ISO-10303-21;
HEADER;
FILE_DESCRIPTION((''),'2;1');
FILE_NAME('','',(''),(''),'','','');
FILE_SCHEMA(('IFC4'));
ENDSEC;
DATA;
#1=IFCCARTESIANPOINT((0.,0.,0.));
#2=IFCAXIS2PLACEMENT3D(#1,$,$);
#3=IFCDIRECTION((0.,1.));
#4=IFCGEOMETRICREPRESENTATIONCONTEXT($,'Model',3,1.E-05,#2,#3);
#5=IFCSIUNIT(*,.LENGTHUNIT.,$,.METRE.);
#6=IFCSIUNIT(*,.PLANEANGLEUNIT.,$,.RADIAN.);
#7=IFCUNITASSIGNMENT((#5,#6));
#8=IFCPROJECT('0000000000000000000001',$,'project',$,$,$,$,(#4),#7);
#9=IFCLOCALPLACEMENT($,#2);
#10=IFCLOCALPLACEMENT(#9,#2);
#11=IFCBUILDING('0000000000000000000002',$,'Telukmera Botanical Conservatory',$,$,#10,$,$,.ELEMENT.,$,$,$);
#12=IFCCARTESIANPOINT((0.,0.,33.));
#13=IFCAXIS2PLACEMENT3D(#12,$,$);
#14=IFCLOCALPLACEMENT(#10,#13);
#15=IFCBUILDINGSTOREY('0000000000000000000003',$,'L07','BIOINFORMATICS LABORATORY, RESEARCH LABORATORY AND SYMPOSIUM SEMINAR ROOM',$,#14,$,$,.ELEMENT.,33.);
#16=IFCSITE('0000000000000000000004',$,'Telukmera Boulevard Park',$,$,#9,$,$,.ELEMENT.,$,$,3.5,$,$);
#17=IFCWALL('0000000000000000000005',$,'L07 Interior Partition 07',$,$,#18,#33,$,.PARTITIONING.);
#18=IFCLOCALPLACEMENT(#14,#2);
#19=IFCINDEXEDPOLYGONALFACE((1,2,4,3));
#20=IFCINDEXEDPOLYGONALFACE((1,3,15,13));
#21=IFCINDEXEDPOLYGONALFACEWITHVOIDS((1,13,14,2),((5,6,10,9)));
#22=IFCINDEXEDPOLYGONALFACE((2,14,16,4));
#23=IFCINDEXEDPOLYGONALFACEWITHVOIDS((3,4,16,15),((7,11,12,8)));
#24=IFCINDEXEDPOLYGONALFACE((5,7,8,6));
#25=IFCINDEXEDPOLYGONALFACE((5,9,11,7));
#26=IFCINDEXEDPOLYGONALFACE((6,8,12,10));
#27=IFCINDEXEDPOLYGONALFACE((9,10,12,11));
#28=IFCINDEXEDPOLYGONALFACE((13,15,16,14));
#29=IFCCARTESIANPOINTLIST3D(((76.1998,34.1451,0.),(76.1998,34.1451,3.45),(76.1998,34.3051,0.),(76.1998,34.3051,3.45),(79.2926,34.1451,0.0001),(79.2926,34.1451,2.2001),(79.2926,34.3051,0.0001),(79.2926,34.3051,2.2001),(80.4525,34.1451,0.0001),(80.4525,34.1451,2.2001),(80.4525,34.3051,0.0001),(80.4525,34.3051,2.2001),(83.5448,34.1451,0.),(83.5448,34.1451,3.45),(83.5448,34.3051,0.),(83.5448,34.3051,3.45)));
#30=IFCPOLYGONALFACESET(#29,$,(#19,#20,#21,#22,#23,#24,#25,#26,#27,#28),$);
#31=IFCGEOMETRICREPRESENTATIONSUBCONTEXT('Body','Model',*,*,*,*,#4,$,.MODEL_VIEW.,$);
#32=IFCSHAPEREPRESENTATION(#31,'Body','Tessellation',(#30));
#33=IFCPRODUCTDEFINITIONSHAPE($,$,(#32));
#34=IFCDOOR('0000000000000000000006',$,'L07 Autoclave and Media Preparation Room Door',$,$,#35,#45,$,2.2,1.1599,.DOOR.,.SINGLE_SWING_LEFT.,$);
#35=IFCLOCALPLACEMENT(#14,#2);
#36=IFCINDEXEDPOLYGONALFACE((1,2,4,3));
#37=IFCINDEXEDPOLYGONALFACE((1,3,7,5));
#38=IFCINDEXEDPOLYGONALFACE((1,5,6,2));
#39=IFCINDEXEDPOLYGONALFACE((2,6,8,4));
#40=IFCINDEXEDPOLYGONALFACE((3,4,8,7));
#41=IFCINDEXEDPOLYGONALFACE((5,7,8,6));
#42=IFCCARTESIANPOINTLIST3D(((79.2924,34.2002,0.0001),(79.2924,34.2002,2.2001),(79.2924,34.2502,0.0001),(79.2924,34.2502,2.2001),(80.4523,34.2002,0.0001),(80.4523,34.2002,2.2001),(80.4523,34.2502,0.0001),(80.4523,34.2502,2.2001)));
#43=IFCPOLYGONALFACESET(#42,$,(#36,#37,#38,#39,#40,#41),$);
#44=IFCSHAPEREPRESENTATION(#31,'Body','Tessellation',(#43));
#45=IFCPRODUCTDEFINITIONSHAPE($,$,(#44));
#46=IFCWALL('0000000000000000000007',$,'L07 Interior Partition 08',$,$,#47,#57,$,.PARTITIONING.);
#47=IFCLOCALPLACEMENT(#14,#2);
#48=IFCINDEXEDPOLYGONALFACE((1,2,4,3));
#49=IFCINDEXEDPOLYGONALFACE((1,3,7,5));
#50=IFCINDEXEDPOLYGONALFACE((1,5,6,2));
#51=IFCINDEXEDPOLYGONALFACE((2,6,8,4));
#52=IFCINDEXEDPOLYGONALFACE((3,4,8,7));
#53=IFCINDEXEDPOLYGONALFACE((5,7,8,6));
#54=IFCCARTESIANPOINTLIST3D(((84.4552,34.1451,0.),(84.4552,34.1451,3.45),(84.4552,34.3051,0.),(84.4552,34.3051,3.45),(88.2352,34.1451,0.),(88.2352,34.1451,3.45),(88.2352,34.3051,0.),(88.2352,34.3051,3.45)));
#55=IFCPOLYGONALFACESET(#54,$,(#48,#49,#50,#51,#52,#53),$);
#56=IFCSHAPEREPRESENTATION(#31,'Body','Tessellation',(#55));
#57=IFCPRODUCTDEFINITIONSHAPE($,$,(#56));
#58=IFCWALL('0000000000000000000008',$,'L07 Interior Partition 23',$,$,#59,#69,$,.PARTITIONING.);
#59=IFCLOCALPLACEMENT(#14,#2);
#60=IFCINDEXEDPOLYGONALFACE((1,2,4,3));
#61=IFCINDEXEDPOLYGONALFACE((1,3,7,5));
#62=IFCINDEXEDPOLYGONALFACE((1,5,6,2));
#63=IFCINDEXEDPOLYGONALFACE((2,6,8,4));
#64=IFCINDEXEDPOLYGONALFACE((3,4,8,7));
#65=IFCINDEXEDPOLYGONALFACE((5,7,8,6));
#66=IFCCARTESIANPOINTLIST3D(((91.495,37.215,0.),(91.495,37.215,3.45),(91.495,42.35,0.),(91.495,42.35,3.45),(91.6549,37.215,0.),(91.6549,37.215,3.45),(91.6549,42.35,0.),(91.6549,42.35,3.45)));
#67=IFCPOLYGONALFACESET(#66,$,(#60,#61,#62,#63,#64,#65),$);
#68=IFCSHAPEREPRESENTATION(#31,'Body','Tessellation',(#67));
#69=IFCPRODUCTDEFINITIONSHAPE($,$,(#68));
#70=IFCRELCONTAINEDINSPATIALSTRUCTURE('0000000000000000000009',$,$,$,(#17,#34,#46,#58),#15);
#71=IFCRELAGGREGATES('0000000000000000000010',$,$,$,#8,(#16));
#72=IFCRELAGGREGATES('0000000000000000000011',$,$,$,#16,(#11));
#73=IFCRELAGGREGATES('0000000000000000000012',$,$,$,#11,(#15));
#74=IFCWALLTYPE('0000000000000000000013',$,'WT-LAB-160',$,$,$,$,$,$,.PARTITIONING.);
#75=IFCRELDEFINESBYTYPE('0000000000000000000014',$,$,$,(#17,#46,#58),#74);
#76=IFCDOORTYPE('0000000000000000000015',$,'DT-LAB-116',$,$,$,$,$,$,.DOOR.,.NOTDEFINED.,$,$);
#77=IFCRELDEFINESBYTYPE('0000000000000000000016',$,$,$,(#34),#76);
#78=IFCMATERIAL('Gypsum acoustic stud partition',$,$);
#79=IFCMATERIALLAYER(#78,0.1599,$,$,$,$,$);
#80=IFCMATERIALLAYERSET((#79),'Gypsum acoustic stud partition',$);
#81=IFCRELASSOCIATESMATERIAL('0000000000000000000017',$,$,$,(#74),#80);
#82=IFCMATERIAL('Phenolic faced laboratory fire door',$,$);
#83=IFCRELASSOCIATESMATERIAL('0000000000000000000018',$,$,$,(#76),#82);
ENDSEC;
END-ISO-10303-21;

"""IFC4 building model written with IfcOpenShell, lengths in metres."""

from ifc_helpers import new_model, si_unit, direction, frame, frame_2d, origin, place, context, subcontext, project, spatial, rectangle, extrude, material, layer, layer_set, type_object, element, fill, save


model = new_model("IFC4")

# Units and contexts
model_context = context("Model", 3, precision=1e-05, world=origin(), true_north=direction((0.0, 1.0)))
body_context = subcontext(model_context, "Body", "Model", "MODEL_VIEW")
ifc_project = project(units=[si_unit("LENGTHUNIT", "METRE"), si_unit("PLANEANGLEUNIT", "RADIAN")], contexts=[model_context])

# Site, building, storey
site_placement = place(None, origin())
site = spatial("IfcSite", under=ifc_project, at=site_placement, Name="Telukmera Boulevard Park", CompositionType="ELEMENT", RefElevation=3.5)
building_placement = place(site_placement, origin())
building = spatial("IfcBuilding", under=site, at=building_placement, Name="Telukmera Botanical Conservatory", CompositionType="ELEMENT")
storey_placement = place(building_placement, frame((0.0, 0.0, 33.0)))
storey = spatial("IfcBuildingStorey", under=building, at=storey_placement, Name="L07", Description="BIOINFORMATICS LABORATORY, RESEARCH LABORATORY AND SYMPOSIUM SEMINAR ROOM", CompositionType="ELEMENT", Elevation=33.0)

# Shared definitions
ifc_material_1 = material(Name="Gypsum acoustic stud partition")
ifc_layer_1 = layer(ifc_material_1, 0.1599)
ifc_layer_set_1 = layer_set([ifc_layer_1], Name="Gypsum acoustic stud partition")
wall_type_1 = type_object("IfcWallType", Name="WT-LAB-160", PredefinedType="PARTITIONING", material=ifc_layer_set_1)

# Wall, opening, door
wall_1_placement = place(storey_placement, frame((76.2, 34.2251, 0.0), z_axis=(0.0, 0.0, 1.0), x_axis=(1.0, 0.0, 0.0)))
wall_1 = element("IfcWall", 1, at=wall_1_placement, inside=storey, type_object=wall_type_1, Name="L07 Interior Partition 07", PredefinedType="PARTITIONING", context=body_context, shape_type="SweptSolid", body=[
    extrude(rectangle(XDim=7.345, YDim=0.1599, at=frame_2d((3.6724, 0.0))), origin(), (0.0, 0.0, 1.0), 3.45),
])
opening_1_placement = place(wall_1_placement, frame((3.0925, 0.0, 0.0)))
opening_1 = element("IfcOpeningElement", 2, at=opening_1_placement, cuts=wall_1, PredefinedType="OPENING", context=body_context, shape_type="SweptSolid", body=[
    extrude(rectangle(XDim=1.1599, YDim=2.2, at=frame_2d((0.5801, 1.1001))), frame((0.0, 0.0898, 0.0), z_axis=(0.0, -1.0, 0.0), x_axis=(1.0, 0.0, 0.0)), (0.0, 0.0, 1.0), 0.1799),
])
ifc_material_2 = material(Name="Phenolic faced laboratory fire door")
door_type_1 = type_object("IfcDoorType", Name="DT-LAB-116", OperationType="NOTDEFINED", PredefinedType="DOOR", material=ifc_material_2)
door_1_placement = place(opening_1_placement, frame((1.1599, 0.0, 0.0), z_axis=(0.0, 0.0, 1.0), x_axis=(-1.0, 0.0, 0.0)))
door_1 = element("IfcDoor", 3, at=door_1_placement, inside=storey, type_object=door_type_1, Name="L07 Autoclave and Media Preparation Room Door", OperationType="SINGLE_SWING_LEFT", OverallHeight=2.2, OverallWidth=1.1599, PredefinedType="DOOR", context=body_context, shape_type="SweptSolid", body=[
    extrude(rectangle(XDim=1.1599, YDim=2.2, at=frame_2d((0.5801, 1.1001))), frame((0.0, 0.0249, 0.0), z_axis=(0.0, -1.0, 0.0), x_axis=(1.0, 0.0, 0.0)), (0.0, 0.0, 1.0), 0.05),
])
fill(opening_1, door_1)

# Walls
wall_2_placement = place(storey_placement, frame((84.4551, 34.2251, 0.0), z_axis=(0.0, 0.0, 1.0), x_axis=(1.0, 0.0, 0.0)))
element("IfcWall", 4, at=wall_2_placement, inside=storey, type_object=wall_type_1, Name="L07 Interior Partition 08", PredefinedType="PARTITIONING", context=body_context, shape_type="SweptSolid", body=[
    extrude(rectangle(XDim=3.78, YDim=0.1599, at=frame_2d((1.8901, 0.0))), origin(), (0.0, 0.0, 1.0), 3.45),
])
wall_3_placement = place(storey_placement, frame((91.575, 37.2151, 0.0), z_axis=(0.0, 0.0, 1.0), x_axis=(0.0, 1.0, 0.0)))
element("IfcWall", 5, at=wall_3_placement, inside=storey, type_object=wall_type_1, Name="L07 Interior Partition 23", PredefinedType="PARTITIONING", context=body_context, shape_type="SweptSolid", body=[
    extrude(rectangle(XDim=5.135, YDim=0.1599, at=frame_2d((2.5674, 0.0))), origin(), (0.0, 0.0, 1.0), 3.45),
])

save(model, "model.ifc")
